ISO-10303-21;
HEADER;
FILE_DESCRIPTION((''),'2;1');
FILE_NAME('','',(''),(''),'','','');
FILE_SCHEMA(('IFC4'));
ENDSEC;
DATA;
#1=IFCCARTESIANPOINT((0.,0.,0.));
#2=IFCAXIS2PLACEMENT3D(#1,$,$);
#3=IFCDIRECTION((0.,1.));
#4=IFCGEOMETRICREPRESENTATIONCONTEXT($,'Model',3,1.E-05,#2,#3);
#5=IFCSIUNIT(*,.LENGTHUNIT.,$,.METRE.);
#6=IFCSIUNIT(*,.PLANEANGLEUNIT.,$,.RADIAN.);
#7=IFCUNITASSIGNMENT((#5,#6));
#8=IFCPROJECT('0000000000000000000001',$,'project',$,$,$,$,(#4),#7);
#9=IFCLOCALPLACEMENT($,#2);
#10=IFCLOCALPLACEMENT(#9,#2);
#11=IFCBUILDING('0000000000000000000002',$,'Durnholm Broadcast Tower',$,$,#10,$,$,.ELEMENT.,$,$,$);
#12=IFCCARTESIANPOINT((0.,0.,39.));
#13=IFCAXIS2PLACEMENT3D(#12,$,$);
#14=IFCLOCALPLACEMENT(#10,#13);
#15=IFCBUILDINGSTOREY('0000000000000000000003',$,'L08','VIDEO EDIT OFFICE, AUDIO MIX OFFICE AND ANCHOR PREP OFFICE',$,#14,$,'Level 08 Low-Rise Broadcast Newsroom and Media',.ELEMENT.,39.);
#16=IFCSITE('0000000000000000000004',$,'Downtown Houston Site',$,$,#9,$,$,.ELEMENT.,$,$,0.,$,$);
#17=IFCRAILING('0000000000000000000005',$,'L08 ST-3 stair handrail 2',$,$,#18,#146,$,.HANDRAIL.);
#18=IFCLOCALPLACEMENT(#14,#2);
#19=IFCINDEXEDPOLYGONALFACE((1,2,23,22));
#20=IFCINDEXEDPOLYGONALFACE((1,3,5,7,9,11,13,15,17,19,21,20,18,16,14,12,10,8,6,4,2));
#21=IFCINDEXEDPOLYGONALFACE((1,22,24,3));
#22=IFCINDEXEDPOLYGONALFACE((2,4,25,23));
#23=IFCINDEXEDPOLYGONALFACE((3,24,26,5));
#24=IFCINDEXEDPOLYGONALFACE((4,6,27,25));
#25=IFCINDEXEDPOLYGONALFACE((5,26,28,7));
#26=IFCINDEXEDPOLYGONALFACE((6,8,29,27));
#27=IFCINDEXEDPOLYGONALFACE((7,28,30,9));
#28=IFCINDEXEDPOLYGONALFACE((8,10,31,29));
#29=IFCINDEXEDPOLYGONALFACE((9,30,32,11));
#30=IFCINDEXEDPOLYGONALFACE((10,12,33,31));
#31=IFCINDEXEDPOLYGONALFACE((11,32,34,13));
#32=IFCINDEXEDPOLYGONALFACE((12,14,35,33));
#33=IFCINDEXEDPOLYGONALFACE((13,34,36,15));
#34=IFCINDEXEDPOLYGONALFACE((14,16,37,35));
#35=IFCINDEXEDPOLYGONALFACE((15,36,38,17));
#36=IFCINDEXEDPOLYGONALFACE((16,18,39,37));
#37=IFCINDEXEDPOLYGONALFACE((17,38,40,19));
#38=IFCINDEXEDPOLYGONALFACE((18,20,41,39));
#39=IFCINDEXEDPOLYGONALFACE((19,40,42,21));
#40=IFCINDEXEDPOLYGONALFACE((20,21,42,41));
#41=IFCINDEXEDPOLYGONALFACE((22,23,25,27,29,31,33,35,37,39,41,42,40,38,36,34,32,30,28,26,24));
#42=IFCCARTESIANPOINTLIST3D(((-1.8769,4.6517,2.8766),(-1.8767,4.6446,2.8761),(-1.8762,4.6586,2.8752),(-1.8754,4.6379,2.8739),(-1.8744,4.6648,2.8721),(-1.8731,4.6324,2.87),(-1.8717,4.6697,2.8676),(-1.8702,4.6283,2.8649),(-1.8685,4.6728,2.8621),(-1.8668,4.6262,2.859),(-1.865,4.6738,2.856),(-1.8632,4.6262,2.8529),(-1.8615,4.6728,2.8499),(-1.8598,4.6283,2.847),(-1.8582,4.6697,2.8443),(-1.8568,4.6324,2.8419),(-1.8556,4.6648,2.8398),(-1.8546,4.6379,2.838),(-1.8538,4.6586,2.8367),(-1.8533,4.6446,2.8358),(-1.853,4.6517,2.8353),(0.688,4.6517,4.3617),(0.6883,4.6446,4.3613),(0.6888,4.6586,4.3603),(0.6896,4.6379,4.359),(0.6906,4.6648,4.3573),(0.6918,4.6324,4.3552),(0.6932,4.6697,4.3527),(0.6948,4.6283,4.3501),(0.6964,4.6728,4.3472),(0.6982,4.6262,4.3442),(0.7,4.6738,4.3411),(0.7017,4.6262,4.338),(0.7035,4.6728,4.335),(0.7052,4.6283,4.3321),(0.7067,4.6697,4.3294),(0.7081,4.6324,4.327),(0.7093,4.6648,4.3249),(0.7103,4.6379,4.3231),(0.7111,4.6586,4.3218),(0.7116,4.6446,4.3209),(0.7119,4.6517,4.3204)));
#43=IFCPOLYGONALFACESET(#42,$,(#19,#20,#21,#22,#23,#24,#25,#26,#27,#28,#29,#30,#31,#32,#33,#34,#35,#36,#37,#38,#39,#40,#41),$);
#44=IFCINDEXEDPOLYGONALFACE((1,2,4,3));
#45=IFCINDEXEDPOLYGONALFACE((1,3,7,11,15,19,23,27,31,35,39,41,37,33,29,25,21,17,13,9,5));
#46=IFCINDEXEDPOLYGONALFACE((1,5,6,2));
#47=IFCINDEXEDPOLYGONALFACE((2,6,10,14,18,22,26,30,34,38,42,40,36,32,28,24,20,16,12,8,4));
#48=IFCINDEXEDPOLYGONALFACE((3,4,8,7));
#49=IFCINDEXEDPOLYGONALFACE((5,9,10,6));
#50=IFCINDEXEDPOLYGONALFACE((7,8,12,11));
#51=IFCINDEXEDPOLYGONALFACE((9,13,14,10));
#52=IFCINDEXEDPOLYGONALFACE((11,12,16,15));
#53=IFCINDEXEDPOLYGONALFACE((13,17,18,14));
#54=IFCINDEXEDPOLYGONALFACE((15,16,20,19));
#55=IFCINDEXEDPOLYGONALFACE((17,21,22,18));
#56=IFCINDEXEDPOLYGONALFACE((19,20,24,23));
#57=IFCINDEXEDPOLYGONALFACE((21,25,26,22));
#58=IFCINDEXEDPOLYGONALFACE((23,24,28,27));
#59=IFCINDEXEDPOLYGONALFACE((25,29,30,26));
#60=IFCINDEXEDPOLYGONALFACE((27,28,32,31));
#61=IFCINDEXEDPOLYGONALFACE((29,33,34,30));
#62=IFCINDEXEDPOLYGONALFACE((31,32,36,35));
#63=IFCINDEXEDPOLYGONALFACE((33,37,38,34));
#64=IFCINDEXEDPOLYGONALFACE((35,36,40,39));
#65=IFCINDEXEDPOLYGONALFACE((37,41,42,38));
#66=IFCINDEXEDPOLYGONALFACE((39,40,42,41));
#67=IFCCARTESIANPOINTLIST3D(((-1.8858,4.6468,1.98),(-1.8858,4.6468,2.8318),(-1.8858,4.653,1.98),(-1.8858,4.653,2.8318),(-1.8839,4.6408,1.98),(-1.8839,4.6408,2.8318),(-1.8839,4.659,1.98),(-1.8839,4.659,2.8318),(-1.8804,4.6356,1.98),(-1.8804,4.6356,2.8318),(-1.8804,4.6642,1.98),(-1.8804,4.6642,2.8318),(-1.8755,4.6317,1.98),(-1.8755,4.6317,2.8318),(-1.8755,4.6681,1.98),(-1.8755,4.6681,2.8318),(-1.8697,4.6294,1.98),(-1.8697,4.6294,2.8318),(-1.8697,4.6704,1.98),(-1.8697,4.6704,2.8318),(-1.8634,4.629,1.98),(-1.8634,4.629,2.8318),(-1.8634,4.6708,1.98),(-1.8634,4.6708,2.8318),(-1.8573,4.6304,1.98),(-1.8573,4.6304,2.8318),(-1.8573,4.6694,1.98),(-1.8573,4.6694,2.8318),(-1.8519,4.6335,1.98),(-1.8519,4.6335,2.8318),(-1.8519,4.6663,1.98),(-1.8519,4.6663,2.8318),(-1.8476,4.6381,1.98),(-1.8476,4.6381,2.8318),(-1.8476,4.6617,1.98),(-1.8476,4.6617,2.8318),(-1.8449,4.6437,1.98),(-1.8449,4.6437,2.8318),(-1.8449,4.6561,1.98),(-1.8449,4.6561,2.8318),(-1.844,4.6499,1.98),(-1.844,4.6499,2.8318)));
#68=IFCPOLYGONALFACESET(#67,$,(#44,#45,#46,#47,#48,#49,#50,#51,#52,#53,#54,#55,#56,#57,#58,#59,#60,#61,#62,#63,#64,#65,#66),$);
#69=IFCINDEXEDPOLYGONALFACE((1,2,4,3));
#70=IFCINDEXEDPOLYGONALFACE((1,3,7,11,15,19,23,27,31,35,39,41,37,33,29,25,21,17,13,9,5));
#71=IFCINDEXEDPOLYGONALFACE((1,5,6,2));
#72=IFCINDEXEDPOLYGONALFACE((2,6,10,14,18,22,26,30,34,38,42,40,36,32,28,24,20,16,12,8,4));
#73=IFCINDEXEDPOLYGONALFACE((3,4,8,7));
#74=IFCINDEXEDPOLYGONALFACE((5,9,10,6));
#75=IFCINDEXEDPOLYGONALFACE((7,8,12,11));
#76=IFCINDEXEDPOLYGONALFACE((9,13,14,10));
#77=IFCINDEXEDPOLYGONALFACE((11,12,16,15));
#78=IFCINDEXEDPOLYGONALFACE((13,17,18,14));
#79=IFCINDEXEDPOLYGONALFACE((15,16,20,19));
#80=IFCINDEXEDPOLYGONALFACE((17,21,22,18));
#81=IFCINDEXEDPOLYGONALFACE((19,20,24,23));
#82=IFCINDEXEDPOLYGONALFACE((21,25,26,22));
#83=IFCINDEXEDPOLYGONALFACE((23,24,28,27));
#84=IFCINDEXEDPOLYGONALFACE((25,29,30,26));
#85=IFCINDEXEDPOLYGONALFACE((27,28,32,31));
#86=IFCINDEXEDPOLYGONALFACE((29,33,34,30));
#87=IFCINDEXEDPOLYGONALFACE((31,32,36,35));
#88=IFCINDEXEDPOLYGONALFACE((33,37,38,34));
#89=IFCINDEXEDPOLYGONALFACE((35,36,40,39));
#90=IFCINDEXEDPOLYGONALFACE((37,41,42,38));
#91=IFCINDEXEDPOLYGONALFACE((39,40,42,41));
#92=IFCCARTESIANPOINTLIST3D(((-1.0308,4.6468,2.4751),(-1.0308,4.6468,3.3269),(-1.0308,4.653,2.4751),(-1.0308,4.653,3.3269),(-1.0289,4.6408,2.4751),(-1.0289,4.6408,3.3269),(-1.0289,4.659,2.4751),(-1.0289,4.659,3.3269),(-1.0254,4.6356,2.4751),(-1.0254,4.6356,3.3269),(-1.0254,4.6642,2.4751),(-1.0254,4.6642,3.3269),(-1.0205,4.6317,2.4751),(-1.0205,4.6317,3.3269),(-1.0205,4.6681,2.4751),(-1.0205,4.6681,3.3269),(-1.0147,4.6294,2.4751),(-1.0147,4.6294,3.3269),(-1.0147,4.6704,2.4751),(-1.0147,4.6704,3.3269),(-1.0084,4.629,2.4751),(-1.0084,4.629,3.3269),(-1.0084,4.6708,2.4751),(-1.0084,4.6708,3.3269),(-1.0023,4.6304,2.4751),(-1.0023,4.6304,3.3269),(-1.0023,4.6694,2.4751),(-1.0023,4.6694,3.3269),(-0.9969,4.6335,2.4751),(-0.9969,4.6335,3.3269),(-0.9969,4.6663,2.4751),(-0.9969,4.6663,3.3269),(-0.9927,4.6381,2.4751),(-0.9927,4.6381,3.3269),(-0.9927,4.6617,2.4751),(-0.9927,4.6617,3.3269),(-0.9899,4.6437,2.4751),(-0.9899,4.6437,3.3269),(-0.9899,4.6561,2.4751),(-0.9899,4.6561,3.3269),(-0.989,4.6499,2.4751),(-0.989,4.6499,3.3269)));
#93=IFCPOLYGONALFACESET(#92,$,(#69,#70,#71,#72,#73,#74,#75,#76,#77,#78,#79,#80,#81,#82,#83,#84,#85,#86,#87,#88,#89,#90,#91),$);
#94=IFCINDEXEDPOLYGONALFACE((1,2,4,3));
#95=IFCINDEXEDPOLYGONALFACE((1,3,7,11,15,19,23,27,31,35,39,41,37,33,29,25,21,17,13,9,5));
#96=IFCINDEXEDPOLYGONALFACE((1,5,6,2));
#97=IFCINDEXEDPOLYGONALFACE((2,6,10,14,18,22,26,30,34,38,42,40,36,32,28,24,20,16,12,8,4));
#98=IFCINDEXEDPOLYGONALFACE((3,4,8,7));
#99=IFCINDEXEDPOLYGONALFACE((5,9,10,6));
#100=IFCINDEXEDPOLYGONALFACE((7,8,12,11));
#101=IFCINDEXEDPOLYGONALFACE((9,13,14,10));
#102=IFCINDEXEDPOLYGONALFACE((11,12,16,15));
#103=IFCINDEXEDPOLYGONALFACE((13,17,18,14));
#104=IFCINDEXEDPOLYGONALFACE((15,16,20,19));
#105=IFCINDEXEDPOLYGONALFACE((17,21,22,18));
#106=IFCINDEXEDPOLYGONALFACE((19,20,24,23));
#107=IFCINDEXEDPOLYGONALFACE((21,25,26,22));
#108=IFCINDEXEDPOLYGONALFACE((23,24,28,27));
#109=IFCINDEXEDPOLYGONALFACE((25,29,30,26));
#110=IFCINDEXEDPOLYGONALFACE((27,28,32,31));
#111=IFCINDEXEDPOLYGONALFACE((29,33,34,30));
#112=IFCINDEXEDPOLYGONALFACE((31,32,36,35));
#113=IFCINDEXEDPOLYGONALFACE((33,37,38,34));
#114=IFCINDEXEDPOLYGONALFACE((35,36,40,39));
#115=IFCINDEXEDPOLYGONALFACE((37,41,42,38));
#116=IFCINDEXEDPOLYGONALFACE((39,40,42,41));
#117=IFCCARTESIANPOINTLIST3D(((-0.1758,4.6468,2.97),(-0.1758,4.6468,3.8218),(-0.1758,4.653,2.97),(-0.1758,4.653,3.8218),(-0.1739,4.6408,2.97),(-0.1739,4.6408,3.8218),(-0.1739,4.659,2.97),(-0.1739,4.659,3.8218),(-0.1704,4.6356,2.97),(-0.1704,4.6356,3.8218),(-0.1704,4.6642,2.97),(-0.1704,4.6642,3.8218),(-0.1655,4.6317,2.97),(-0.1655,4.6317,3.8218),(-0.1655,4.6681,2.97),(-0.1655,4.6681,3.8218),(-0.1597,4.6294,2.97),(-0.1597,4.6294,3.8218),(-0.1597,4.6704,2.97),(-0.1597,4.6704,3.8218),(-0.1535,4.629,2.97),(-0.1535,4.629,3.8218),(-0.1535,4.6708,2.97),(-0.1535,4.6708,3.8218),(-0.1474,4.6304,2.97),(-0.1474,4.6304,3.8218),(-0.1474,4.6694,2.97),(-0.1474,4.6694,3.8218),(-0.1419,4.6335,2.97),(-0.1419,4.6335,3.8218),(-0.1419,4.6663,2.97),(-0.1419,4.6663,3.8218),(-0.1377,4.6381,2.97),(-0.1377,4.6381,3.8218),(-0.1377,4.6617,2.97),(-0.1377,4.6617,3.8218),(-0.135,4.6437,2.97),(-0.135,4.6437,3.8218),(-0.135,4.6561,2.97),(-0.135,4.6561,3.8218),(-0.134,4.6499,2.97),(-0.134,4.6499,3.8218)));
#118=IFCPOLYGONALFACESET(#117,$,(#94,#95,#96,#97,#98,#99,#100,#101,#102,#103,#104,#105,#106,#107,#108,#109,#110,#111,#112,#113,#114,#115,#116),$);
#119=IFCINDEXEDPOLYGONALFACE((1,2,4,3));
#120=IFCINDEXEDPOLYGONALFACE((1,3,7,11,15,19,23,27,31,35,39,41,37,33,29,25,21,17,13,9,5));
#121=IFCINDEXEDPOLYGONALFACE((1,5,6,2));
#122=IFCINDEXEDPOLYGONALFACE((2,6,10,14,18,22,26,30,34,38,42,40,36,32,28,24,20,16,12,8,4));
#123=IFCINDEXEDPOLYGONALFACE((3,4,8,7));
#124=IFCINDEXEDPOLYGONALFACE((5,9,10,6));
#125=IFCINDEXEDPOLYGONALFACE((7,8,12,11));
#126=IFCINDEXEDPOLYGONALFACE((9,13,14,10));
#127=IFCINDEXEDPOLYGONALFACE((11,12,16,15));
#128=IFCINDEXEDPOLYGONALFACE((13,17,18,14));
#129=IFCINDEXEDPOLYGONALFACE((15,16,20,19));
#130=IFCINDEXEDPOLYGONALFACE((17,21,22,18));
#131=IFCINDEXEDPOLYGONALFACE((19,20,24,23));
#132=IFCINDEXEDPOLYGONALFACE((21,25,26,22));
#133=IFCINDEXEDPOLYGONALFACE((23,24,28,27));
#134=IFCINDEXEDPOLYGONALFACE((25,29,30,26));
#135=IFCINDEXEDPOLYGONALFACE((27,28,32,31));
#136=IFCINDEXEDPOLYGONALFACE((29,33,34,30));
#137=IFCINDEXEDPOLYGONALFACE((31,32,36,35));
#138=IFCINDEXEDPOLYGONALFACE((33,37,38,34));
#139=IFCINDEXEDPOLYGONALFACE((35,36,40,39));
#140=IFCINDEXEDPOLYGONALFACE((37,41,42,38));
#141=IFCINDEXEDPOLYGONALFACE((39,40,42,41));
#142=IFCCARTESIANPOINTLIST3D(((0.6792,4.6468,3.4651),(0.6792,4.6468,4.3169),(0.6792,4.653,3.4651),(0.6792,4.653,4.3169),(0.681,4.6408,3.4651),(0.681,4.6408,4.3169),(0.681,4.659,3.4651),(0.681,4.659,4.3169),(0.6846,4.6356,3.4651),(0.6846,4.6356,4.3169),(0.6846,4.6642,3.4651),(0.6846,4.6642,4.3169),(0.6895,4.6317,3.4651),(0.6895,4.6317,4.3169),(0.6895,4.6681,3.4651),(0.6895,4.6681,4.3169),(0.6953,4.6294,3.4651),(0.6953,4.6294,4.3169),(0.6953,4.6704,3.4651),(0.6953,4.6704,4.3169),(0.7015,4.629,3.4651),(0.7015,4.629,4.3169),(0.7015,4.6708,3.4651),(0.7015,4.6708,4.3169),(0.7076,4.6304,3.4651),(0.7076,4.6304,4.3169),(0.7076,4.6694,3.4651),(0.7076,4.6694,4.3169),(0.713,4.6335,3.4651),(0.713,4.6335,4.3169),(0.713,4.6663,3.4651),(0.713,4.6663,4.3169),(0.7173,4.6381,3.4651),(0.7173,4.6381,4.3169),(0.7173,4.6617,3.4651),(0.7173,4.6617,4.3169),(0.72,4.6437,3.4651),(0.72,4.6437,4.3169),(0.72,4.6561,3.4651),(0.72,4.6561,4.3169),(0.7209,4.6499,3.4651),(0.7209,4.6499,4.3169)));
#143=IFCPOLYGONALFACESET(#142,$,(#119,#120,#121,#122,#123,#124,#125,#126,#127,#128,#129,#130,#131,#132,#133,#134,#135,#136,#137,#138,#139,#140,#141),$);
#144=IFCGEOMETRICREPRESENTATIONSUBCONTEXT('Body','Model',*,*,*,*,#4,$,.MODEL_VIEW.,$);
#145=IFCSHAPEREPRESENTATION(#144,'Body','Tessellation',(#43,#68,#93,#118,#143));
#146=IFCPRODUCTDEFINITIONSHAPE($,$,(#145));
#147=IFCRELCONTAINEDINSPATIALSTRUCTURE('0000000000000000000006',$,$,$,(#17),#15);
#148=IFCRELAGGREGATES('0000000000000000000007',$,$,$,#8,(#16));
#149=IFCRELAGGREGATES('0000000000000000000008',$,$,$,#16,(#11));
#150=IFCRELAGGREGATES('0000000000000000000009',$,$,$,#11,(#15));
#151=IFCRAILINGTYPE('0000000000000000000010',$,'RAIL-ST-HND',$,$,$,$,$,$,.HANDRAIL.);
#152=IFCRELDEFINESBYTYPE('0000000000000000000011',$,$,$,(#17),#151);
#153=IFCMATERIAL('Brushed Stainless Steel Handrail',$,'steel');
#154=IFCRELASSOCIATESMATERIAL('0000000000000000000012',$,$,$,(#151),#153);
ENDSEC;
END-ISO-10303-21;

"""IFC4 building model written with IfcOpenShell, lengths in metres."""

from ifc_helpers import new_model, si_unit, direction, frame, origin, origin_2d, place, context, subcontext, project, spatial, circle, extrude, material, type_object, element, save


model = new_model("IFC4")

# Units and contexts
model_context = context("Model", 3, precision=1e-05, world=origin(), true_north=direction((0.0, 1.0)))
body_context = subcontext(model_context, "Body", "Model", "MODEL_VIEW")
ifc_project = project(units=[si_unit("LENGTHUNIT", "METRE"), si_unit("PLANEANGLEUNIT", "RADIAN")], contexts=[model_context])

# Site, building, storey
site_placement = place(None, origin())
site = spatial("IfcSite", under=ifc_project, at=site_placement, Name="Downtown Houston Site", CompositionType="ELEMENT", RefElevation=0.0)
building_placement = place(site_placement, origin())
building = spatial("IfcBuilding", under=site, at=building_placement, Name="Durnholm Broadcast Tower", CompositionType="ELEMENT")
storey_placement = place(building_placement, frame((0.0, 0.0, 39.0)))
storey = spatial("IfcBuildingStorey", under=building, at=storey_placement, Name="L08", Description="VIDEO EDIT OFFICE, AUDIO MIX OFFICE AND ANCHOR PREP OFFICE", LongName="Level 08 Low-Rise Broadcast Newsroom and Media", CompositionType="ELEMENT", Elevation=39.0)

# Railing
ifc_material_1 = material(Name="Brushed Stainless Steel Handrail", Category="steel")
railing_type_1 = type_object("IfcRailingType", Name="RAIL-ST-HND", PredefinedType="HANDRAIL", material=ifc_material_1)
railing_1_placement = place(storey_placement, frame((-1.865, 4.6499, 1.98)))
element("IfcRailing", 1, at=railing_1_placement, inside=storey, type_object=railing_type_1, Name="L08 ST-3 stair handrail 2", PredefinedType="HANDRAIL", context=body_context, shape_type="SweptSolid", body=[
    extrude(circle(Radius=0.0239, at=origin_2d()), frame((0.0, 0.0, 0.876), z_axis=(0.865406, 0.0, 0.501072), x_axis=(0.0, 1.0, 0.0)), (0.0, 0.0, 1.0), 2.9639),
    extrude(circle(Radius=0.021, at=origin_2d()), origin(), (0.0, 0.0, 1.0), 0.8518),
    extrude(circle(Radius=0.021, at=origin_2d()), frame((0.855, 0.0, 0.4951)), (0.0, 0.0, 1.0), 0.8518),
    extrude(circle(Radius=0.021, at=origin_2d()), frame((1.71, 0.0, 0.99)), (0.0, 0.0, 1.0), 0.8518),
    extrude(circle(Radius=0.021, at=origin_2d()), frame((2.5649, 0.0, 1.4851)), (0.0, 0.0, 1.0), 0.8518),
])

save(model, "model.ifc")
